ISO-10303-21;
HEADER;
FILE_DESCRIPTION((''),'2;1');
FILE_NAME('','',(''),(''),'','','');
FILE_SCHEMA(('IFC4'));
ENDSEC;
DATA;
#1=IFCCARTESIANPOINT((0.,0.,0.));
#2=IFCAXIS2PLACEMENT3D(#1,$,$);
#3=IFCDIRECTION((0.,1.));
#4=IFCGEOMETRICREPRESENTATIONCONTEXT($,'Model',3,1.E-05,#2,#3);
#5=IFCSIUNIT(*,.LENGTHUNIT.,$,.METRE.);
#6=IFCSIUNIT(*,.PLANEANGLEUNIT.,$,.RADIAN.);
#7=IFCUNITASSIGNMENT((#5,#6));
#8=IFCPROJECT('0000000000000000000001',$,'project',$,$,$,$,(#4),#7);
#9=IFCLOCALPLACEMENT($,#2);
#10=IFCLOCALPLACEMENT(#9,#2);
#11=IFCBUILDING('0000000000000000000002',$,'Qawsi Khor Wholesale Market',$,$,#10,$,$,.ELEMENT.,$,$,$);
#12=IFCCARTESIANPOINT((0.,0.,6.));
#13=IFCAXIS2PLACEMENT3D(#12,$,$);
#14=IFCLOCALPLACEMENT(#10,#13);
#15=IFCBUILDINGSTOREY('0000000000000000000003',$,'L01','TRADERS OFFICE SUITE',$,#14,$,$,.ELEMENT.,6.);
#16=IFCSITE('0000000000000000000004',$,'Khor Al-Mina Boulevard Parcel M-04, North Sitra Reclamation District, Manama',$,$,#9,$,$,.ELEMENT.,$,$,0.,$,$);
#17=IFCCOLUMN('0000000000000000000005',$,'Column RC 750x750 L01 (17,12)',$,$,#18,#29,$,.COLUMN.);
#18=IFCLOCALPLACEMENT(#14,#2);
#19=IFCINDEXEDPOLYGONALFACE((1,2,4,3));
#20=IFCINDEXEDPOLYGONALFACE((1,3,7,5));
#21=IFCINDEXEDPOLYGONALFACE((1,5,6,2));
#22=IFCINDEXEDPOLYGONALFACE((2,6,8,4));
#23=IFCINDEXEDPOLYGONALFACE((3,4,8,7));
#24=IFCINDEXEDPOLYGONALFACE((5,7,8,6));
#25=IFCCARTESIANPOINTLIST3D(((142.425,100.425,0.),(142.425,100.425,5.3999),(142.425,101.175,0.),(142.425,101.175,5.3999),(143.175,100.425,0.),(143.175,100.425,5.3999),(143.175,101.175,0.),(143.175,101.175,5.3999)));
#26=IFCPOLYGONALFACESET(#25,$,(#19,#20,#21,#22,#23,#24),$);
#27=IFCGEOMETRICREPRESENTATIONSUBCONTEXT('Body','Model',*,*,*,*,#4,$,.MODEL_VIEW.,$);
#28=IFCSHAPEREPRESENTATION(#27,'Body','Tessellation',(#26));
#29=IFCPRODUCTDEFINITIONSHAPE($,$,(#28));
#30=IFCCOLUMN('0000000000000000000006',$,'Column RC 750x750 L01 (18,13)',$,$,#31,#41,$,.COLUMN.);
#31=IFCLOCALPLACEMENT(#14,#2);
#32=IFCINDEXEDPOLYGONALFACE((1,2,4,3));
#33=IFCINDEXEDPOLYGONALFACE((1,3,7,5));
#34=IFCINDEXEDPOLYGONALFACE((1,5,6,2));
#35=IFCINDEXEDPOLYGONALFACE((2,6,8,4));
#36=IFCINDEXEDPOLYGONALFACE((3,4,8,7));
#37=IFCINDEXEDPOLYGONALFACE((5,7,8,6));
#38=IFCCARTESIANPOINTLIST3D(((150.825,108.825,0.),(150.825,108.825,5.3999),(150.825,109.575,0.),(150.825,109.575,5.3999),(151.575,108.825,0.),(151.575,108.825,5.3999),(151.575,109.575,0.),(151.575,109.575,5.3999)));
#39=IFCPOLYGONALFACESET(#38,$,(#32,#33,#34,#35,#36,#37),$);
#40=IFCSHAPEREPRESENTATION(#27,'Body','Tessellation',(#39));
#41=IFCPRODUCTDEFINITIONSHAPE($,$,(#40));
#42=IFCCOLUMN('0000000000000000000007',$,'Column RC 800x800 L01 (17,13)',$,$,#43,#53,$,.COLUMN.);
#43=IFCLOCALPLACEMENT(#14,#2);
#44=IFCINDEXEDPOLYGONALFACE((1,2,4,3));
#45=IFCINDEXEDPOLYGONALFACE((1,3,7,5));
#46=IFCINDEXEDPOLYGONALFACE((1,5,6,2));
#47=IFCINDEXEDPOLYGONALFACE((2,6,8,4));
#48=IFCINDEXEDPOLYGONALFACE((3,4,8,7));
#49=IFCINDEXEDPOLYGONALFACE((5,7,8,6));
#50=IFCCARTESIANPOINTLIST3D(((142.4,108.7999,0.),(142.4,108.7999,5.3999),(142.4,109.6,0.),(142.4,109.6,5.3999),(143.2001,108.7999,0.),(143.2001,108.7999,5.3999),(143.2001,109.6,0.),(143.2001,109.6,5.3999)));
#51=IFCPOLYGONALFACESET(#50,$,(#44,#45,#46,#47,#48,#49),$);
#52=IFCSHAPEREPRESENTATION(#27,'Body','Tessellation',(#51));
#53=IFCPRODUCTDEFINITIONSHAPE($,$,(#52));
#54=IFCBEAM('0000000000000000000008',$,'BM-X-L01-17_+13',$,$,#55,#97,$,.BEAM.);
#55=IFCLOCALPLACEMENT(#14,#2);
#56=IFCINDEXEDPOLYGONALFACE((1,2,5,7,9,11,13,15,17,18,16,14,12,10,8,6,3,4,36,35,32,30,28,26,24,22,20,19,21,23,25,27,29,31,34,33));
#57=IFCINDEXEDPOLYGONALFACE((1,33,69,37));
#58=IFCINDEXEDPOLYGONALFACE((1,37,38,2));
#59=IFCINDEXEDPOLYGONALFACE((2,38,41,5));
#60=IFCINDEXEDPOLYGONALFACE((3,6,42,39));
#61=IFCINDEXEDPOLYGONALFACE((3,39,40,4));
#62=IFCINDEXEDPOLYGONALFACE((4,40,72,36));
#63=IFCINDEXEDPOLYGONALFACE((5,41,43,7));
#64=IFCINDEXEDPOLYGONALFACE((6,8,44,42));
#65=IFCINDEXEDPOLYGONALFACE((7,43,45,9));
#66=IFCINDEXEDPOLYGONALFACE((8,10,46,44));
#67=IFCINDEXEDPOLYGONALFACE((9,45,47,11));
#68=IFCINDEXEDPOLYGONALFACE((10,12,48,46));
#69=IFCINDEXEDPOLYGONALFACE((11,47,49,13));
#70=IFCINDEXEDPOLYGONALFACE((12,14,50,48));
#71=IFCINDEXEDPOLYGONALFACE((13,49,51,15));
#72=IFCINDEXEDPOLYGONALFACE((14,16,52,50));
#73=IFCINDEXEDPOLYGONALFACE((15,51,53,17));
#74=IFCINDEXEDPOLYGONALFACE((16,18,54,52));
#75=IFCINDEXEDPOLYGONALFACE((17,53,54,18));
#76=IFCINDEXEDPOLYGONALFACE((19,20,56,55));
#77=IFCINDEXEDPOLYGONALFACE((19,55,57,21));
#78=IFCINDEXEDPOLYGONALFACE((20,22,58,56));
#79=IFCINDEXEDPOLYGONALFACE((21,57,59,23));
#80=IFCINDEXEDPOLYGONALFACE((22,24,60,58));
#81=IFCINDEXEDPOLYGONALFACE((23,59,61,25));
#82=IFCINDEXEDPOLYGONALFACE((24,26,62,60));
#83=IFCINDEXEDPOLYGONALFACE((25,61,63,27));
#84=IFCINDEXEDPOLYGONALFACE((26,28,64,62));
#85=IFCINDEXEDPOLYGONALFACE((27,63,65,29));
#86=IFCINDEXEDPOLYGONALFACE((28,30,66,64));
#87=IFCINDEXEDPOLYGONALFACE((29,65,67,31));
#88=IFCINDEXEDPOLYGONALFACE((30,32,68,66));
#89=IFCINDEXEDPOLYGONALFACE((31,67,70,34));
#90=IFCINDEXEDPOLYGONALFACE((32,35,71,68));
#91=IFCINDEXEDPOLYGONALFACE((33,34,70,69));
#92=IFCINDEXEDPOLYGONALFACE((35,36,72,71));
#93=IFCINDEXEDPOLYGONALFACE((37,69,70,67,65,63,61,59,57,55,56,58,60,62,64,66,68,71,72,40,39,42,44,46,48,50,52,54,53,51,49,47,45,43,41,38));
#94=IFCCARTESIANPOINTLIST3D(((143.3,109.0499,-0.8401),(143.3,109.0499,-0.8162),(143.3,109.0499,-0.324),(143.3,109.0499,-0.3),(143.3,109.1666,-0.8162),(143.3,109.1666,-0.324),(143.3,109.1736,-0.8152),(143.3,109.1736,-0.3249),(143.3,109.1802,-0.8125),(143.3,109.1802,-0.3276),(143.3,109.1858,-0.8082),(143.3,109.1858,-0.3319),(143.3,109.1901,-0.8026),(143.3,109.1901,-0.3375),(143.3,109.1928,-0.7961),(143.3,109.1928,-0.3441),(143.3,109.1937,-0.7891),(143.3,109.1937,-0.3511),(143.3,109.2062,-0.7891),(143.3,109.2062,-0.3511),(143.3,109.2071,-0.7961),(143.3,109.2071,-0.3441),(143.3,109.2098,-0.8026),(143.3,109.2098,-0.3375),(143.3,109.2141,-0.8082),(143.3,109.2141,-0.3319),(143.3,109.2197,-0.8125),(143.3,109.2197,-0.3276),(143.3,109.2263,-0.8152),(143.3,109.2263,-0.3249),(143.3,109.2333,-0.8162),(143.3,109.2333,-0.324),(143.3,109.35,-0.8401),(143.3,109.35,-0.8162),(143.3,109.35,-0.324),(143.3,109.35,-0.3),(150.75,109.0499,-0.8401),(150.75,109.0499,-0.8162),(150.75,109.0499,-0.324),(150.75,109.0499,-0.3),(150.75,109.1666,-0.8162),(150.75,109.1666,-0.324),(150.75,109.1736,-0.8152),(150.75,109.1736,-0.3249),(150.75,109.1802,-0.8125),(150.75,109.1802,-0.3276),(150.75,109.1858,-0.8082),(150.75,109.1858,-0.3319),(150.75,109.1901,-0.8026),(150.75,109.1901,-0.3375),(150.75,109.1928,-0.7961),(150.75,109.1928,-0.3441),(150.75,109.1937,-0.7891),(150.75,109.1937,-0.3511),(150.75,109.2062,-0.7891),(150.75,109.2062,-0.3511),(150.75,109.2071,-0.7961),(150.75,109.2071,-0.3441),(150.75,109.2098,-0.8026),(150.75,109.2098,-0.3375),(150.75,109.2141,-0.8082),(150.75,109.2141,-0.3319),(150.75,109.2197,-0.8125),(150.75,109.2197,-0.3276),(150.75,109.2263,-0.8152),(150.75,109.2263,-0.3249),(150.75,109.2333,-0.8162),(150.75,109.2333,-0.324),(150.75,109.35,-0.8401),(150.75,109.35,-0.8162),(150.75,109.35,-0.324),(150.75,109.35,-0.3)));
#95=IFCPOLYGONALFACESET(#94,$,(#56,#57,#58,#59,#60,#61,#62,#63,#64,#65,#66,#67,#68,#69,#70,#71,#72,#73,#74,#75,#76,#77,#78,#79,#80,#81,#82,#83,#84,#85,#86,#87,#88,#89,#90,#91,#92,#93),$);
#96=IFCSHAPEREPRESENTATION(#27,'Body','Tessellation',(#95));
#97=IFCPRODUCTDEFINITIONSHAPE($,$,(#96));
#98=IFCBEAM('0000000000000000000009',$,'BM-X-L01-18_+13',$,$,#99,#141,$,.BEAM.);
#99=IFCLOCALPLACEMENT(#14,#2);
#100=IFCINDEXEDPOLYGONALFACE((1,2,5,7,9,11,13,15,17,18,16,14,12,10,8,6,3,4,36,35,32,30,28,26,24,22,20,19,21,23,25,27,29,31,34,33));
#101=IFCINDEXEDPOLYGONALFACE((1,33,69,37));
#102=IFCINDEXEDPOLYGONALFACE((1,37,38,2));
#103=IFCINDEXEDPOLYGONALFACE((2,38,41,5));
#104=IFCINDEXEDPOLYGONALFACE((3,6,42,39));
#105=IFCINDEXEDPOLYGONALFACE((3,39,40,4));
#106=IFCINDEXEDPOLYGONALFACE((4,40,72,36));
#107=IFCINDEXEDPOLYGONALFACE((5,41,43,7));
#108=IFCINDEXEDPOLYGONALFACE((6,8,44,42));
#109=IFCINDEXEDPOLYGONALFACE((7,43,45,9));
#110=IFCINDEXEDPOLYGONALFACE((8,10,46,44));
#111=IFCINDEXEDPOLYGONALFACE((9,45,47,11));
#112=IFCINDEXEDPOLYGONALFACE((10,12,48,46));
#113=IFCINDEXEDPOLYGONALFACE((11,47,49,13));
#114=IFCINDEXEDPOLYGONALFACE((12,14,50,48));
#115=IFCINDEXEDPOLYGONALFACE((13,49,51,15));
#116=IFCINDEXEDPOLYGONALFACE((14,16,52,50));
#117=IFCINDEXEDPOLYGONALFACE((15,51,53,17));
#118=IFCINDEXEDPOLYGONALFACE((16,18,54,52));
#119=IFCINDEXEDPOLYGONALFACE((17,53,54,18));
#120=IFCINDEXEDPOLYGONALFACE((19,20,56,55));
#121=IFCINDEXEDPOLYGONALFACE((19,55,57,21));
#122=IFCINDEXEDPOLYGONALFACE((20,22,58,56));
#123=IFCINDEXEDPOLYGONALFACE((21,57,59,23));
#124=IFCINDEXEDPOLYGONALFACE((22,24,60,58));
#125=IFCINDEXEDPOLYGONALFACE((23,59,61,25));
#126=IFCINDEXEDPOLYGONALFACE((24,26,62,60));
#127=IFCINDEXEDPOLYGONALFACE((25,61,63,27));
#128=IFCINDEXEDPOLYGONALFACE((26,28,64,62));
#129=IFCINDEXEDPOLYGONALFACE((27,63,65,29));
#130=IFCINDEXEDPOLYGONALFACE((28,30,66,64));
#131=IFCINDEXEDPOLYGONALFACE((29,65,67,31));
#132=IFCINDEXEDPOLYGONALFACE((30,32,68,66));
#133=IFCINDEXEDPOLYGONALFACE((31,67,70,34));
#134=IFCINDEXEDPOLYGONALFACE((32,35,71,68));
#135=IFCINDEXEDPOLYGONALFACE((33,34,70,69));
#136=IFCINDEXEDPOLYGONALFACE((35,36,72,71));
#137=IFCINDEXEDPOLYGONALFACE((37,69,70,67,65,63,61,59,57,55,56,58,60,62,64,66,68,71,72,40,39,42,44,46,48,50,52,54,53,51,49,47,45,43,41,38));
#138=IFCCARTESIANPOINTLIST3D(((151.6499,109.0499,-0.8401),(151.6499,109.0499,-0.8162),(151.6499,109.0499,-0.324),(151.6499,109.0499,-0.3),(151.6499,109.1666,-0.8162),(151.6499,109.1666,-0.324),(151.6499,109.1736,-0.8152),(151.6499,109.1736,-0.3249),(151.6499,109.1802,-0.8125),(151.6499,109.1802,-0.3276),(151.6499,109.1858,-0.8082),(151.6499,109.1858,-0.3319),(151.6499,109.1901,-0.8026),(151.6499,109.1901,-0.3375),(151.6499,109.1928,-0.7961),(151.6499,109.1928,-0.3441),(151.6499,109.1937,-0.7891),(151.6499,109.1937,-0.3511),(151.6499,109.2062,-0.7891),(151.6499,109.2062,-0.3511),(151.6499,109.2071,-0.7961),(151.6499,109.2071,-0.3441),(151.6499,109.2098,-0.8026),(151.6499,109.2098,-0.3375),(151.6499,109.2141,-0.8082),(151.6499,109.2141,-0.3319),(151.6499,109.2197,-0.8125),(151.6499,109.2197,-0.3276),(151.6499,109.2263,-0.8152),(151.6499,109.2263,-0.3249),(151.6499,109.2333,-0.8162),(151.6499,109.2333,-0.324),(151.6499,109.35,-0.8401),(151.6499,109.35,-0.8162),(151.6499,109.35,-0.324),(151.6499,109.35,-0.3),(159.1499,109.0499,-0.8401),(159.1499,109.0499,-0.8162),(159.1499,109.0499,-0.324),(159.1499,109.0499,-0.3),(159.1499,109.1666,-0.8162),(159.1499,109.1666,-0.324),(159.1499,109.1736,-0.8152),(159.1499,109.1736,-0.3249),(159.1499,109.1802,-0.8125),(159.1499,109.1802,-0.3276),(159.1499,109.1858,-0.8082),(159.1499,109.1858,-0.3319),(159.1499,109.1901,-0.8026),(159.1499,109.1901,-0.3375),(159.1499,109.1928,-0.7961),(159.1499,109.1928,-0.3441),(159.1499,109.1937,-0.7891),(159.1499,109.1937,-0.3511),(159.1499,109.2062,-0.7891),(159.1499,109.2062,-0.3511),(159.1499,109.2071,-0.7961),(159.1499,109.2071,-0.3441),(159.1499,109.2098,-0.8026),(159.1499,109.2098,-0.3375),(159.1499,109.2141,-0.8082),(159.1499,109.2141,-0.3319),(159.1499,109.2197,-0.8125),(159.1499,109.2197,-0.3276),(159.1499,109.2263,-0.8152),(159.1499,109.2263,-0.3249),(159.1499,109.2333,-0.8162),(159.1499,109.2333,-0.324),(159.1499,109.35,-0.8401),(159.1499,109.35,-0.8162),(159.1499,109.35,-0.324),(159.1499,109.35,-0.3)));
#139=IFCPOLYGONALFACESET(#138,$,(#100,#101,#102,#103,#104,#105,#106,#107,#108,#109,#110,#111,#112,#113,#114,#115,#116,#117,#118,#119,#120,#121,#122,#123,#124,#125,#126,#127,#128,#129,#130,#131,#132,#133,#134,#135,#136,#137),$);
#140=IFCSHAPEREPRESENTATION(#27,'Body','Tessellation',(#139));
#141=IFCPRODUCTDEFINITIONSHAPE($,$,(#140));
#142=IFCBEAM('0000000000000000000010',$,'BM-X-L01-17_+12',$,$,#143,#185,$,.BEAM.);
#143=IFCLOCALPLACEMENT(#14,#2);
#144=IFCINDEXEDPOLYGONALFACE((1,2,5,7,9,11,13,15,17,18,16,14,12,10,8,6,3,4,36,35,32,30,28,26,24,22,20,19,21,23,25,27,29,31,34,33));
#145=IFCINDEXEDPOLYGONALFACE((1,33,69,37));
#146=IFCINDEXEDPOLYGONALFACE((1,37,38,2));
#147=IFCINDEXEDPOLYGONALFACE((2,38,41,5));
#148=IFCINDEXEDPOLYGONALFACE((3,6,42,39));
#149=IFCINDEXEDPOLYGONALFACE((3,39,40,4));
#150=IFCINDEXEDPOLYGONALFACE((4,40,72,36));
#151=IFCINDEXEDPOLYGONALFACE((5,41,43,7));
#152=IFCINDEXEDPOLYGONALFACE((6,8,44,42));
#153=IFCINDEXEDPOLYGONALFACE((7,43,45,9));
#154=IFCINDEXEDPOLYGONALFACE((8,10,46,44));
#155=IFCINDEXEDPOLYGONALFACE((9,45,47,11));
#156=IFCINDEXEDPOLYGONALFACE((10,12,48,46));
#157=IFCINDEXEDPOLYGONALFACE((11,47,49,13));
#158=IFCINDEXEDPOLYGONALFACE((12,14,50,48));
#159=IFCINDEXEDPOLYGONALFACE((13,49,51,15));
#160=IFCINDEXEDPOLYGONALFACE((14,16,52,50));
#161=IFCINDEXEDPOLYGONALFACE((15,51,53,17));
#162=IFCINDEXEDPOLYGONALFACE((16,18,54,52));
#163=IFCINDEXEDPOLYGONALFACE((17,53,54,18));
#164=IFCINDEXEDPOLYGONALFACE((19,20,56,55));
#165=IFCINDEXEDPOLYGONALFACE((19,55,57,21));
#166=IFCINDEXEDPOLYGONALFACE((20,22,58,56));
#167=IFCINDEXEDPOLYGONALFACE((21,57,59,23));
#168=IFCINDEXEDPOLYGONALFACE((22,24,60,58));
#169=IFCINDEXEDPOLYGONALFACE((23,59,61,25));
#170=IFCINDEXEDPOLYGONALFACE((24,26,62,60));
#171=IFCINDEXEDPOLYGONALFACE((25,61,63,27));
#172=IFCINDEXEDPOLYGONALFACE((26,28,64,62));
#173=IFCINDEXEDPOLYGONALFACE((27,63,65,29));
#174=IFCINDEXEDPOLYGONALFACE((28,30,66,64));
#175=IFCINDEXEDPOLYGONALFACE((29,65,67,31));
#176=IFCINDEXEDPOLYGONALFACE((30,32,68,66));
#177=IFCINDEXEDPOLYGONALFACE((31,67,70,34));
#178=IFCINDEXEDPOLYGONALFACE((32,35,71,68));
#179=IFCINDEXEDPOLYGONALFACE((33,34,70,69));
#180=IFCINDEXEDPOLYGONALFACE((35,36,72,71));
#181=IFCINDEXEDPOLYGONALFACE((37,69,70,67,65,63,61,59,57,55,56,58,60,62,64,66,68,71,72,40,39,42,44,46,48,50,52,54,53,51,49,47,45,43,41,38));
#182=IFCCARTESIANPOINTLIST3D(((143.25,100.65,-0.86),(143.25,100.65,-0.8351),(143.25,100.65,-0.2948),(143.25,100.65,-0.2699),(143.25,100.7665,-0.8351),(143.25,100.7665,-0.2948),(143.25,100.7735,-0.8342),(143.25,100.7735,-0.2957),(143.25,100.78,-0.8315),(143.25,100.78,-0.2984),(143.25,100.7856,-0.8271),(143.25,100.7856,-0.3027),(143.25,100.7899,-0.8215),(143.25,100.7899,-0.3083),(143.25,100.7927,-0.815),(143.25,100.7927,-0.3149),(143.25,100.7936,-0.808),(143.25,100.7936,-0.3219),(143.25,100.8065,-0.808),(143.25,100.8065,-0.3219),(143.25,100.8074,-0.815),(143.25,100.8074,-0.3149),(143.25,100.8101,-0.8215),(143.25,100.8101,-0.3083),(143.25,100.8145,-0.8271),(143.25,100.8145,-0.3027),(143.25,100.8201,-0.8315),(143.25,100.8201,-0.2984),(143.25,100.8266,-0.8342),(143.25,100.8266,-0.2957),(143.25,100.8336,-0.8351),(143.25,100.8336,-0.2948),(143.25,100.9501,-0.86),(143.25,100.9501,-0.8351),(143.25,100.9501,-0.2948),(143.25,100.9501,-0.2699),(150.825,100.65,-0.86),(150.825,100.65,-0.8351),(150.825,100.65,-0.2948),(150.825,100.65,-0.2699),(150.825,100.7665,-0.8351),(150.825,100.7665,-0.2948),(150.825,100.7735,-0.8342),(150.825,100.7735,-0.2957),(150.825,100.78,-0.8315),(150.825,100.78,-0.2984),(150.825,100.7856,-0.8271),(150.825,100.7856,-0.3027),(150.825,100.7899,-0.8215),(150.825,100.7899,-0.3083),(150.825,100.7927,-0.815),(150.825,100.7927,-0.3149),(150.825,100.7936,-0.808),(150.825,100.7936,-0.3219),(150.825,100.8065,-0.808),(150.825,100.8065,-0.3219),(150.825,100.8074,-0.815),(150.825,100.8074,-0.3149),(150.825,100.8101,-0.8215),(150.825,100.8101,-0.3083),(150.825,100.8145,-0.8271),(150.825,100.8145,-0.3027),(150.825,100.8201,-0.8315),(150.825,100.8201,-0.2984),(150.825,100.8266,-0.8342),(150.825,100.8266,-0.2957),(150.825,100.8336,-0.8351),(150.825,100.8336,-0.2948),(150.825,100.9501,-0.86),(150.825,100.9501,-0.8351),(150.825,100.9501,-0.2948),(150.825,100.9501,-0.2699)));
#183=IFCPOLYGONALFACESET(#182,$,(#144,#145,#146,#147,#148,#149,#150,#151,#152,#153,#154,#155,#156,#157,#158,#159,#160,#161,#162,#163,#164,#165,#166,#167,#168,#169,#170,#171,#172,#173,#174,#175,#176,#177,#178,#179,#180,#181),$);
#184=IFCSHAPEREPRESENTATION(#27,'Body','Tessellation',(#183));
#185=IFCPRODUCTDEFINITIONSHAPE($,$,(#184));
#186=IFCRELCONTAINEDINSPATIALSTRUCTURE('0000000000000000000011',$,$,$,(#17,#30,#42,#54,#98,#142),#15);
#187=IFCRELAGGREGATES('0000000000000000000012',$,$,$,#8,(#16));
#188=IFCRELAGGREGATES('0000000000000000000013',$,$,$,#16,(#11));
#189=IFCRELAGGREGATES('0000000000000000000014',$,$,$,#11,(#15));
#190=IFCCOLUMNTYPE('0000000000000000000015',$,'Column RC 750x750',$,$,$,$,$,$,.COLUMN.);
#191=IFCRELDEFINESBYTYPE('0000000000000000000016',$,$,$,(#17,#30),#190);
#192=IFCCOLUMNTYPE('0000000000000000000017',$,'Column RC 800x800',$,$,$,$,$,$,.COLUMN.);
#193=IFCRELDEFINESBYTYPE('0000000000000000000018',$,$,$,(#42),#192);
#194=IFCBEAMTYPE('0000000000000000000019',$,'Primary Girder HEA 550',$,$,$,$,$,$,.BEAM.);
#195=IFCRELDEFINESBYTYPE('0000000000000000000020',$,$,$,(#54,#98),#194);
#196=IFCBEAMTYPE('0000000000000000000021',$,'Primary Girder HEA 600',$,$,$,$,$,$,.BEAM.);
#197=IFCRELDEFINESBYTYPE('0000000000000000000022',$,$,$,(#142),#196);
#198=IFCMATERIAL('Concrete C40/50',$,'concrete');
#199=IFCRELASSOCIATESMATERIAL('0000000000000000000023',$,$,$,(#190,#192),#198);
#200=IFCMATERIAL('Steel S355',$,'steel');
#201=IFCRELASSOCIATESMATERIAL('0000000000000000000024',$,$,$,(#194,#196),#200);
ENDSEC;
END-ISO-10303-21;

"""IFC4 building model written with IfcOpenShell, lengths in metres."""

from ifc_helpers import new_model, si_unit, direction, frame, origin, origin_2d, place, context, subcontext, project, spatial, rectangle, i_section, extrude, material, material_profile, profile_set, type_object, element, save


model = new_model("IFC4")

# Units and contexts
model_context = context("Model", 3, precision=1e-05, world=origin(), true_north=direction((0.0, 1.0)))
body_context = subcontext(model_context, "Body", "Model", "MODEL_VIEW")
ifc_project = project(units=[si_unit("LENGTHUNIT", "METRE"), si_unit("PLANEANGLEUNIT", "RADIAN")], contexts=[model_context])

# Site, building, storey
site_placement = place(None, origin())
site = spatial("IfcSite", under=ifc_project, at=site_placement, Name="Khor Al-Mina Boulevard Parcel M-04, North Sitra Reclamation District, Manama", CompositionType="ELEMENT", RefElevation=0.0)
building_placement = place(site_placement, origin())
building = spatial("IfcBuilding", under=site, at=building_placement, Name="Qawsi Khor Wholesale Market", CompositionType="ELEMENT")
storey_placement = place(building_placement, frame((0.0, 0.0, 6.0)))
storey = spatial("IfcBuildingStorey", under=building, at=storey_placement, Name="L01", Description="TRADERS OFFICE SUITE", CompositionType="ELEMENT", Elevation=6.0)

# Columns
ifc_material_1 = material(Name="Concrete C40/50", Category="concrete")
ifc_material_profile_1 = material_profile(ifc_material_1, rectangle(XDim=0.75, YDim=0.75, at=origin_2d()), Name="RC 750x750")
ifc_profile_set_1 = profile_set([ifc_material_profile_1], Name="Concrete C40/50")
column_type_1 = type_object("IfcColumnType", Name="Column RC 750x750", PredefinedType="COLUMN", material=ifc_profile_set_1)
for number, where, z_axis, x_axis, name in (
    (1, (142.8, 100.8, 0.0), (0.0, 0.0, 1.0), (1.0, 0.0, 0.0), "Column RC 750x750 L01 (17,12)"),
    (2, (151.2, 109.2, 0.0), (0.0, 0.0, 1.0), (1.0, 0.0, 0.0), "Column RC 750x750 L01 (18,13)"),
):
    element("IfcColumn", number, at=place(storey_placement, frame(where, z_axis=z_axis, x_axis=x_axis)), inside=storey, type_object=column_type_1, Name=name, PredefinedType="COLUMN", context=body_context, shape_type="SweptSolid", body=[
        extrude(rectangle(XDim=0.75, YDim=0.75, at=origin_2d()), origin(), (0.0, 0.0, 1.0), 5.3999),
    ])
ifc_material_profile_2 = material_profile(ifc_material_1, rectangle(XDim=0.8, YDim=0.8, at=origin_2d()), Name="RC 800x800")
ifc_profile_set_2 = profile_set([ifc_material_profile_2], Name="Concrete C40/50")
column_type_2 = type_object("IfcColumnType", Name="Column RC 800x800", PredefinedType="COLUMN", material=ifc_profile_set_2)
column_placement = place(storey_placement, frame((142.8, 109.2, 0.0), z_axis=(0.0, 0.0, 1.0), x_axis=(1.0, 0.0, 0.0)))
element("IfcColumn", 3, at=column_placement, inside=storey, type_object=column_type_2, Name="Column RC 800x800 L01 (17,13)", PredefinedType="COLUMN", context=body_context, shape_type="SweptSolid", body=[
    extrude(rectangle(XDim=0.8, YDim=0.8, at=origin_2d()), origin(), (0.0, 0.0, 1.0), 5.3999),
])

# Beams
ifc_material_2 = material(Name="Steel S355", Category="steel")
ifc_material_profile_3 = material_profile(ifc_material_2, i_section(OverallWidth=0.3, OverallDepth=0.54, WebThickness=0.0125, FlangeThickness=0.0239, FilletRadius=0.0271, at=origin_2d()), Name="HEA 550")
ifc_profile_set_3 = profile_set([ifc_material_profile_3], Name="Steel S355")
beam_type_1 = type_object("IfcBeamType", Name="Primary Girder HEA 550", PredefinedType="BEAM", material=ifc_profile_set_3)
beam_1_placement = place(storey_placement, frame((143.3, 109.2, -0.5701), z_axis=(1.0, 0.0, 0.0), x_axis=(0.0, 1.0, 0.0)))
element("IfcBeam", 4, at=beam_1_placement, inside=storey, type_object=beam_type_1, Name="BM-X-L01-17_+13", PredefinedType="BEAM", context=body_context, shape_type="SweptSolid", body=[
    extrude(i_section(OverallWidth=0.3, OverallDepth=0.54, WebThickness=0.0125, FlangeThickness=0.0239, FilletRadius=0.0271, at=origin_2d()), origin(), (0.0, 0.0, 1.0), 7.45),
])
beam_2_placement = place(storey_placement, frame((151.6499, 109.2, -0.5701), z_axis=(1.0, 0.0, 0.0), x_axis=(0.0, 1.0, 0.0)))
element("IfcBeam", 5, at=beam_2_placement, inside=storey, type_object=beam_type_1, Name="BM-X-L01-18_+13", PredefinedType="BEAM", context=body_context, shape_type="SweptSolid", body=[
    extrude(i_section(OverallWidth=0.3, OverallDepth=0.54, WebThickness=0.0125, FlangeThickness=0.0239, FilletRadius=0.0271, at=origin_2d()), origin(), (0.0, 0.0, 1.0), 7.5),
])
ifc_material_profile_4 = material_profile(ifc_material_2, i_section(OverallWidth=0.3, OverallDepth=0.5901, WebThickness=0.0129, FlangeThickness=0.0249, FilletRadius=0.0271, at=origin_2d()), Name="HEA 600")
ifc_profile_set_4 = profile_set([ifc_material_profile_4], Name="Steel S355")
beam_type_2 = type_object("IfcBeamType", Name="Primary Girder HEA 600", PredefinedType="BEAM", material=ifc_profile_set_4)
beam_3_placement = place(storey_placement, frame((143.25, 100.8, -0.5649), z_axis=(1.0, 0.0, 0.0), x_axis=(0.0, 1.0, 0.0)))
element("IfcBeam", 6, at=beam_3_placement, inside=storey, type_object=beam_type_2, Name="BM-X-L01-17_+12", PredefinedType="BEAM", context=body_context, shape_type="SweptSolid", body=[
    extrude(i_section(OverallWidth=0.3, OverallDepth=0.5901, WebThickness=0.0129, FlangeThickness=0.0249, FilletRadius=0.0271, at=origin_2d()), origin(), (0.0, 0.0, 1.0), 7.575),
])

save(model, "model.ifc")
